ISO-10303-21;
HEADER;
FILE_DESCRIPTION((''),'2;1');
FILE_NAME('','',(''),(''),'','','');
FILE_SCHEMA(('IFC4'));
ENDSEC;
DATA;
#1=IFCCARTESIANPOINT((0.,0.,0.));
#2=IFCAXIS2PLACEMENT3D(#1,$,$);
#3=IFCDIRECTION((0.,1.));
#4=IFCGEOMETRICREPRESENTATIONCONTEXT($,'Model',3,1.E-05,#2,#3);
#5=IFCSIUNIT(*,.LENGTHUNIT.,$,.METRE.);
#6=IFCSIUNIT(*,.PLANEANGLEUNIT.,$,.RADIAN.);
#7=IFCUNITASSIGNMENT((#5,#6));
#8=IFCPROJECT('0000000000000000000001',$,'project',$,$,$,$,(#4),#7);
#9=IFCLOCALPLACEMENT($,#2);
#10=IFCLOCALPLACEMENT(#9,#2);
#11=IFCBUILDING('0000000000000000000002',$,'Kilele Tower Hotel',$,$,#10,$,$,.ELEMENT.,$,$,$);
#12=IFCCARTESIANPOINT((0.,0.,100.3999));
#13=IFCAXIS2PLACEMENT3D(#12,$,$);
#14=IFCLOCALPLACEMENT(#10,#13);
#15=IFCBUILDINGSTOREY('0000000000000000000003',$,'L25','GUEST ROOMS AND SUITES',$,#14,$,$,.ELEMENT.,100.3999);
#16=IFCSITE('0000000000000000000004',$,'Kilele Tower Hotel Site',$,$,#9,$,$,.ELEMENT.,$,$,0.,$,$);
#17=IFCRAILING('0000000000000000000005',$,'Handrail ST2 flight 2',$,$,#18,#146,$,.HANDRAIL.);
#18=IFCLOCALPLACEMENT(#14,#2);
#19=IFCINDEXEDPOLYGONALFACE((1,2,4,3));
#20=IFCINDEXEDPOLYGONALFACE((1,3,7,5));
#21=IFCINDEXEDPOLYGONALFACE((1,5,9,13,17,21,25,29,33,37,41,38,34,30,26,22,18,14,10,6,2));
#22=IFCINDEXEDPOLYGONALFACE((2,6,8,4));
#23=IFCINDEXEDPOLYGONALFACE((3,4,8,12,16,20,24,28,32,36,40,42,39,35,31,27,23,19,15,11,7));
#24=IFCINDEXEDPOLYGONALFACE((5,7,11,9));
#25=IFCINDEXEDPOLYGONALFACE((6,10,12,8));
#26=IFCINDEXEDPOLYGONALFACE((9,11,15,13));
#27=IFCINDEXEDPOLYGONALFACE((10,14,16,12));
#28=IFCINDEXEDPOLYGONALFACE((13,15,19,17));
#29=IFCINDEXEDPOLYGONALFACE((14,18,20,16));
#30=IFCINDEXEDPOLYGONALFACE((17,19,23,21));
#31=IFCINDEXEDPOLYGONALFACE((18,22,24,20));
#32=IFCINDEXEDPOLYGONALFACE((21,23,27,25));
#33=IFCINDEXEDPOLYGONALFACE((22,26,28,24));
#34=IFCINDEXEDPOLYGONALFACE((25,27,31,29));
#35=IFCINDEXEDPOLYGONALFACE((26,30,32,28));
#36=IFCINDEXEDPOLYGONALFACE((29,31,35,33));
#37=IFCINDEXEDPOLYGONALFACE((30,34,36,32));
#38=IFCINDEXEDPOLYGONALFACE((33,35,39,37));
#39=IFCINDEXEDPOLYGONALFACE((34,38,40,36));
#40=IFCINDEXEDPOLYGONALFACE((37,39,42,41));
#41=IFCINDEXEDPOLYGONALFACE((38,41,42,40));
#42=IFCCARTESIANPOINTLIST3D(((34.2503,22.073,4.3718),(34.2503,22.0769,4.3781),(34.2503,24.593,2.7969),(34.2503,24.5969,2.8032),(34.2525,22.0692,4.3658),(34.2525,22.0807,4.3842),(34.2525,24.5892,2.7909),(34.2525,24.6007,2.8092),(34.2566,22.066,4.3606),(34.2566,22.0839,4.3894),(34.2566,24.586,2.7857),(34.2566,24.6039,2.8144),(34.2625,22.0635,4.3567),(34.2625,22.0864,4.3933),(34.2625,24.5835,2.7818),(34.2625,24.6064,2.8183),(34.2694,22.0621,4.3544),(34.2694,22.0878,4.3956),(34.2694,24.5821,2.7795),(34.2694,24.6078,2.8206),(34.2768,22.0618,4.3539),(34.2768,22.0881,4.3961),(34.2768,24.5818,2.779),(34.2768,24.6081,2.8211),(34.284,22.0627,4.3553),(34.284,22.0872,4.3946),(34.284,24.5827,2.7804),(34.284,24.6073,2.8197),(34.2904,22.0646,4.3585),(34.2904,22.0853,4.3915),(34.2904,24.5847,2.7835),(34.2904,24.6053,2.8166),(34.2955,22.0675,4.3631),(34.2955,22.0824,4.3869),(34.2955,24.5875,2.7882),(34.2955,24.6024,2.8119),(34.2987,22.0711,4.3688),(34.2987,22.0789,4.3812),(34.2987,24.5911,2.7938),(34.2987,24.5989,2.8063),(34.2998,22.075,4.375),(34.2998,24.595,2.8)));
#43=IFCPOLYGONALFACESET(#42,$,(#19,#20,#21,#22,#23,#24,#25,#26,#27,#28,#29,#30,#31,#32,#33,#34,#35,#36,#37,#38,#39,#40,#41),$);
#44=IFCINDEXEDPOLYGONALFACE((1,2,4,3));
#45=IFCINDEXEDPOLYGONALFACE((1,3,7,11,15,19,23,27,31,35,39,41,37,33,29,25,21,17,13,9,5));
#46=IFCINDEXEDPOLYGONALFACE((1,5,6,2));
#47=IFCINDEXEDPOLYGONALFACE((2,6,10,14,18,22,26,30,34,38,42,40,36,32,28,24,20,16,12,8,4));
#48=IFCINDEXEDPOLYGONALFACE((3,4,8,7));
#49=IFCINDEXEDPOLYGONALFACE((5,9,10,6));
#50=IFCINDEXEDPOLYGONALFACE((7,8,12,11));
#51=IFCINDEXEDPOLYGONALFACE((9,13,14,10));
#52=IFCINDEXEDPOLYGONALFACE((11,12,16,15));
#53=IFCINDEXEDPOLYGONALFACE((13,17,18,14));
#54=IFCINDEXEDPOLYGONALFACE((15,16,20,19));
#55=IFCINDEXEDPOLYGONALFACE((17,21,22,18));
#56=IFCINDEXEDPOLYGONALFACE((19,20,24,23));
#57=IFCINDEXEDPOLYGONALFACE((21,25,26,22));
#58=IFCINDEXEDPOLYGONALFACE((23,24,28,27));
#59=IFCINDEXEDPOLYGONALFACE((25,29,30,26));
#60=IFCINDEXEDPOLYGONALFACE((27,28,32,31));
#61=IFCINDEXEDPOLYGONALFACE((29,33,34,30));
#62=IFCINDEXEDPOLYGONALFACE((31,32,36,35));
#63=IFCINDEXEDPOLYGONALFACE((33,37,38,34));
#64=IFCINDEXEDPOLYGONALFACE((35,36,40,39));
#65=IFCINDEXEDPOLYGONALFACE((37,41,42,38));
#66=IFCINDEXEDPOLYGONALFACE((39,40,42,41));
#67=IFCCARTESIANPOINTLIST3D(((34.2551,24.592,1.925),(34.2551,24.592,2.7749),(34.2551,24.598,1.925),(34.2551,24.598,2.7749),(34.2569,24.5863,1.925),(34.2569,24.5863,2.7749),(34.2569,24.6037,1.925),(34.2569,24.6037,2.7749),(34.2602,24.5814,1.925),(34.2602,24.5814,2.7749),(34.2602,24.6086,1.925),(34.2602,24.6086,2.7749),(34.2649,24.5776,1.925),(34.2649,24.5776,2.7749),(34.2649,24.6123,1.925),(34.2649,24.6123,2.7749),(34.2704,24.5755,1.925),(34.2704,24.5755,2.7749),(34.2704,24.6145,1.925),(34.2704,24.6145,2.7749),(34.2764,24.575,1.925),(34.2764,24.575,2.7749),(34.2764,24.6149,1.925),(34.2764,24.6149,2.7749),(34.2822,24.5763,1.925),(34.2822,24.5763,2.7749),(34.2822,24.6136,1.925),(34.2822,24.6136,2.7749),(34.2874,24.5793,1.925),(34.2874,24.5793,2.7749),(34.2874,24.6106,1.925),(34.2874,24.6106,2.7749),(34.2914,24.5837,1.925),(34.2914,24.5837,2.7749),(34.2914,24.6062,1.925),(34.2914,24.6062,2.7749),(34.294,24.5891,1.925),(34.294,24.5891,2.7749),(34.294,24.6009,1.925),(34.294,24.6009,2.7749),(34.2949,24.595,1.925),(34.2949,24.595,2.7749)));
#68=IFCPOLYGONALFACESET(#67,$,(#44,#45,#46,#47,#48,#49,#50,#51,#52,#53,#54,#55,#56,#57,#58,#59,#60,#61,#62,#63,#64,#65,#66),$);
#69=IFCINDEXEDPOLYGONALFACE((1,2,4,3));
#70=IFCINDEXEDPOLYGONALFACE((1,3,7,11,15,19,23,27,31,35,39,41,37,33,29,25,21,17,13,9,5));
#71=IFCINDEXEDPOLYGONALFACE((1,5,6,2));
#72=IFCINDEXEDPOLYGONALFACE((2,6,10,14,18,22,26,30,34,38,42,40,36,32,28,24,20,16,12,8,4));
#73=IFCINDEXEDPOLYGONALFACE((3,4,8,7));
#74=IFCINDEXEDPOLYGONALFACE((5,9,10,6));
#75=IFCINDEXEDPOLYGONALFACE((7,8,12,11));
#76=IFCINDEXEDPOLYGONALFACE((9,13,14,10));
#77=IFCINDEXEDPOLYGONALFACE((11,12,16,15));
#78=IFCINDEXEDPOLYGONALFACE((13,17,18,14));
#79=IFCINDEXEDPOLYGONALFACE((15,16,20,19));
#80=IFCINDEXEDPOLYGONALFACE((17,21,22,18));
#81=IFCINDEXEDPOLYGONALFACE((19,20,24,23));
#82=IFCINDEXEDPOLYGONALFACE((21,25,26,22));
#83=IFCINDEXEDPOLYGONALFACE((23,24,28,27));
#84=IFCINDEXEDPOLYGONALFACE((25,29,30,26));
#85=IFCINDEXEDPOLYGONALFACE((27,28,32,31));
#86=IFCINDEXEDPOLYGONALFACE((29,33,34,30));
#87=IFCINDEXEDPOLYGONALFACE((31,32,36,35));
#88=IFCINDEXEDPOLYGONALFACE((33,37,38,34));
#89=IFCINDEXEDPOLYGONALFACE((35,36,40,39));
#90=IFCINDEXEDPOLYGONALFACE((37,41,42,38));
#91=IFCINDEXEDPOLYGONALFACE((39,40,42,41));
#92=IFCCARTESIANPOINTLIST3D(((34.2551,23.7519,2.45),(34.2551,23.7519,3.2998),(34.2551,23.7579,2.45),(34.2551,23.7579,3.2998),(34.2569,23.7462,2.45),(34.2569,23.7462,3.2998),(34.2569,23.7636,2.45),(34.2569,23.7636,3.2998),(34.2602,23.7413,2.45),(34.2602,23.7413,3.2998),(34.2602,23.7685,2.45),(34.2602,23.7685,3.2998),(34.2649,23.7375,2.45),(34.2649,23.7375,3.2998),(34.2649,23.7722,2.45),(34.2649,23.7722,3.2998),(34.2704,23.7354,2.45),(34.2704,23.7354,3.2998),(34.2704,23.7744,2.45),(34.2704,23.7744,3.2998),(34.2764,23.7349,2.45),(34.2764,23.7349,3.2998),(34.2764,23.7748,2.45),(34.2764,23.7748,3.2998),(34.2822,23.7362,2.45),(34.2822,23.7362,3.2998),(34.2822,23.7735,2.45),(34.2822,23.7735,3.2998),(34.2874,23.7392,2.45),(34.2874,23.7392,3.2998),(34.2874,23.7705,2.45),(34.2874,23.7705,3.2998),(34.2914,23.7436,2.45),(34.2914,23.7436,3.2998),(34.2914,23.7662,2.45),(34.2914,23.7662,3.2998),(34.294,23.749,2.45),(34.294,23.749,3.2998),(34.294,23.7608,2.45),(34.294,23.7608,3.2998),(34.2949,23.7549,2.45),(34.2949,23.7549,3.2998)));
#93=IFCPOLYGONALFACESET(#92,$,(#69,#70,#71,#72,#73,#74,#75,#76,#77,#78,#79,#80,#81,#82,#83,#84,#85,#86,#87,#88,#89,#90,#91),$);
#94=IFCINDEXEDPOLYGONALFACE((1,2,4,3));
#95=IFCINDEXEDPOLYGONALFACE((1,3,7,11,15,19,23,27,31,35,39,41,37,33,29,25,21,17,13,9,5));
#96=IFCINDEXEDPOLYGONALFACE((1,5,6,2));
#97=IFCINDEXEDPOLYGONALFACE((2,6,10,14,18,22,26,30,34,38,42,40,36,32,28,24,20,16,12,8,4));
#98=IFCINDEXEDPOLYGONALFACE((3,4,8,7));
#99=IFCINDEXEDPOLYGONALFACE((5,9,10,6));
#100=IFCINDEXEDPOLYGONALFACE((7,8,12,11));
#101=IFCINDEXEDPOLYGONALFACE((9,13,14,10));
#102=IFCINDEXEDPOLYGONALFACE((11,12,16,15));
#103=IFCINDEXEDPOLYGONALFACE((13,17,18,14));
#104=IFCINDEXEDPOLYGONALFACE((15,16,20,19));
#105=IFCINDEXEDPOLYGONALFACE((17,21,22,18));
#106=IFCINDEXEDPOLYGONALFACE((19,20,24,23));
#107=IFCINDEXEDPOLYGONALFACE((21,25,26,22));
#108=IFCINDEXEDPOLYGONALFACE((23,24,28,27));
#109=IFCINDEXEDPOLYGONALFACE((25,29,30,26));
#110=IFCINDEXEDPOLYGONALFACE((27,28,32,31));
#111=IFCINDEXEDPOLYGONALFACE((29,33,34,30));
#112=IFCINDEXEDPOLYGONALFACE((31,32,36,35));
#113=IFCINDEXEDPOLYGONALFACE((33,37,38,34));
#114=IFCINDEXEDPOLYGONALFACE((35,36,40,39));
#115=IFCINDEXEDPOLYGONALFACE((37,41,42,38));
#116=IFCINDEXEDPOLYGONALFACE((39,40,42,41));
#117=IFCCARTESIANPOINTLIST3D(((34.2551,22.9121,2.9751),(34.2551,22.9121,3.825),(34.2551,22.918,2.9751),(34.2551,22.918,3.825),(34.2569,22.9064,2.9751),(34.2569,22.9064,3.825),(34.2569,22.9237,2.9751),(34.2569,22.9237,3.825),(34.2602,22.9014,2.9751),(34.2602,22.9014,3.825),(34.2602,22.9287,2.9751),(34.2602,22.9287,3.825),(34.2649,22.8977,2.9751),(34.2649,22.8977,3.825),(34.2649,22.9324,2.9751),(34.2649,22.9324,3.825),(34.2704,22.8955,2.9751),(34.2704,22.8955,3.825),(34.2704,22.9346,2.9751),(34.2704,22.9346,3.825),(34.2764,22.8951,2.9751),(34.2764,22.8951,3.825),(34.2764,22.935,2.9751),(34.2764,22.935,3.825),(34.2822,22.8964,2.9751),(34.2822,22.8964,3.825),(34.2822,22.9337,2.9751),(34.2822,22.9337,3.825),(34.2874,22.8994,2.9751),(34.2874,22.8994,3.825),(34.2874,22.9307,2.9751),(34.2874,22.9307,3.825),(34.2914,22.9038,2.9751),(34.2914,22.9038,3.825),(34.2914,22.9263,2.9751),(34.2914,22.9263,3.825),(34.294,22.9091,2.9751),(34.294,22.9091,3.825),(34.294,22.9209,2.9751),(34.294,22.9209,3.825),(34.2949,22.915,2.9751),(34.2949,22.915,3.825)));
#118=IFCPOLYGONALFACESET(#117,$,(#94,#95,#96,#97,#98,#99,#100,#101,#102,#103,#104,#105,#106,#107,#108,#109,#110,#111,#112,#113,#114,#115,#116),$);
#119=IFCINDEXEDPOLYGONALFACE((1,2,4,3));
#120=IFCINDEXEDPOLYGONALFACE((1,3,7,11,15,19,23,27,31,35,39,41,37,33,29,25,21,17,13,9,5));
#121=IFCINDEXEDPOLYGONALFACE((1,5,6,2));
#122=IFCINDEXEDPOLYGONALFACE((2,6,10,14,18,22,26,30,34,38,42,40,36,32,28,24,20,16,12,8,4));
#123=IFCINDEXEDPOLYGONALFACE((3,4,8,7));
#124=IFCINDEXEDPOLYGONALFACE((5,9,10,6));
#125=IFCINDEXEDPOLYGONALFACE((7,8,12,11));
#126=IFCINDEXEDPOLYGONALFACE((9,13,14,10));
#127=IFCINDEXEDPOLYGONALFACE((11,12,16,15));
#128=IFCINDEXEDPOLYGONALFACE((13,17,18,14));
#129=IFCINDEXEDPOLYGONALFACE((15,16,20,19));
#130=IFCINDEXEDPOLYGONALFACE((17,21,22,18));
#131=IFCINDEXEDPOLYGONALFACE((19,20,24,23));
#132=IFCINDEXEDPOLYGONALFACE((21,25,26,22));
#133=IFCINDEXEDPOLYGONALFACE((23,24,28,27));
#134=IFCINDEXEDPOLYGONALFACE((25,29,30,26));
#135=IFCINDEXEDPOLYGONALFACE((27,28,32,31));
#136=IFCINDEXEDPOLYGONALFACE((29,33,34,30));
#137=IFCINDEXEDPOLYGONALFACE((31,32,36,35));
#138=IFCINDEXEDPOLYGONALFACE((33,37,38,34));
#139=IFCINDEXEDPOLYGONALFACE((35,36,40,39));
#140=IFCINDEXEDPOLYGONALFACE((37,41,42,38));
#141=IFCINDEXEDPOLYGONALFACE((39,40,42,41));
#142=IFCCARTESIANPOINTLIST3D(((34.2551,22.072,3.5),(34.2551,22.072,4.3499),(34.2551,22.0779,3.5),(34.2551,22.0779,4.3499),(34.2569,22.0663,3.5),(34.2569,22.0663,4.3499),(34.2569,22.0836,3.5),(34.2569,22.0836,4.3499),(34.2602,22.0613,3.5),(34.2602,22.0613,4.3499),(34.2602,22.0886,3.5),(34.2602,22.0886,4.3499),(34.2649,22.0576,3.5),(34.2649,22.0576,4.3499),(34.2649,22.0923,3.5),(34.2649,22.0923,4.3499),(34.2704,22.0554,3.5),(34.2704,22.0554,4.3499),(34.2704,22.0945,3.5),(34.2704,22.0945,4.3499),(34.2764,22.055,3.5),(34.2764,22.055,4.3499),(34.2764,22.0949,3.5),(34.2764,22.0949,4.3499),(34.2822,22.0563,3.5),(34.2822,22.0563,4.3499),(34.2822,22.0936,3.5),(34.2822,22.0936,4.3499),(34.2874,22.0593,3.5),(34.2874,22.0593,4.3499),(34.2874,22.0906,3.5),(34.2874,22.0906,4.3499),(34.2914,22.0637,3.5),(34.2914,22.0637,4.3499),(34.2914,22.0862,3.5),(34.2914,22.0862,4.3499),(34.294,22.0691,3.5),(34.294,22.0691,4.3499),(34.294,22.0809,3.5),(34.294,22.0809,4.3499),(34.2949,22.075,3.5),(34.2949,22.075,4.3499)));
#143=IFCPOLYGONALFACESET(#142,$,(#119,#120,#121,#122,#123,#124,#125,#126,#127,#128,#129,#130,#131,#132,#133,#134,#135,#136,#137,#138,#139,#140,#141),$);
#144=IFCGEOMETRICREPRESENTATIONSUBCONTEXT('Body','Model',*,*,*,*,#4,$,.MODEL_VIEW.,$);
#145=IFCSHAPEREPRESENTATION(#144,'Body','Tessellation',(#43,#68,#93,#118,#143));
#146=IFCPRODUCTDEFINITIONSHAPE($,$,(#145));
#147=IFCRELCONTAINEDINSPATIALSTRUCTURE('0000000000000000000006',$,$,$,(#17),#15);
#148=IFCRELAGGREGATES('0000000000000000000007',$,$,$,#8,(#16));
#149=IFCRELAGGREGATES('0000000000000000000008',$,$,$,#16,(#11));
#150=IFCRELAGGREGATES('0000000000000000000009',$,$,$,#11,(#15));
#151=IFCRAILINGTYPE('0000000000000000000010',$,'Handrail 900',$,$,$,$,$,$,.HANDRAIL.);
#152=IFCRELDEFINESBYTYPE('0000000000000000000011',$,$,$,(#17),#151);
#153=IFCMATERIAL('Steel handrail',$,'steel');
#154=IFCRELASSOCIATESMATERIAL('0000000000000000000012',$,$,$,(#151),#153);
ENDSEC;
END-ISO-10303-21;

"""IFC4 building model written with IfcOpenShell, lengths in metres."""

from ifc_helpers import new_model, si_unit, direction, frame, origin, origin_2d, place, context, subcontext, project, spatial, circle, extrude, material, type_object, element, save


model = new_model("IFC4")

# Units and contexts
model_context = context("Model", 3, precision=1e-05, world=origin(), true_north=direction((0.0, 1.0)))
body_context = subcontext(model_context, "Body", "Model", "MODEL_VIEW")
ifc_project = project(units=[si_unit("LENGTHUNIT", "METRE"), si_unit("PLANEANGLEUNIT", "RADIAN")], contexts=[model_context])

# Site, building, storey
site_placement = place(None, origin())
site = spatial("IfcSite", under=ifc_project, at=site_placement, Name="Kilele Tower Hotel Site", CompositionType="ELEMENT", RefElevation=0.0)
building_placement = place(site_placement, origin())
building = spatial("IfcBuilding", under=site, at=building_placement, Name="Kilele Tower Hotel", CompositionType="ELEMENT")
storey_placement = place(building_placement, frame((0.0, 0.0, 100.3999)))
storey = spatial("IfcBuildingStorey", under=building, at=storey_placement, Name="L25", Description="GUEST ROOMS AND SUITES", CompositionType="ELEMENT", Elevation=100.3999)

# Railing
ifc_material_1 = material(Name="Steel handrail", Category="steel")
railing_type_1 = type_object("IfcRailingType", Name="Handrail 900", PredefinedType="HANDRAIL", material=ifc_material_1)
for number, where, name in (
    (1, (34.2749, 24.595, 1.925), "Handrail ST2 flight 2"),
):
    element("IfcRailing", number, at=place(storey_placement, frame(where)), inside=storey, type_object=railing_type_1, Name=name, PredefinedType="HANDRAIL", context=body_context, shape_type="SweptSolid", body=[
        extrude(circle(Radius=0.0249, at=origin_2d()), frame((0.0, 0.0, 0.875), z_axis=(0.0, -0.848008, 0.529984), x_axis=(1.0, 0.0, 0.0)), (0.0, 0.0, 1.0), 2.9717),
        extrude(circle(Radius=0.02, at=origin_2d()), origin(), (0.0, 0.0, 1.0), 0.8499),
        extrude(circle(Radius=0.02, at=origin_2d()), frame((0.0, -0.8401, 0.5249)), (0.0, 0.0, 1.0), 0.8499),
        extrude(circle(Radius=0.02, at=origin_2d()), frame((0.0, -1.6799, 1.05)), (0.0, 0.0, 1.0), 0.8499),
        extrude(circle(Radius=0.02, at=origin_2d()), frame((0.0, -2.52, 1.575)), (0.0, 0.0, 1.0), 0.8499),
    ])

save(model, "model.ifc")
